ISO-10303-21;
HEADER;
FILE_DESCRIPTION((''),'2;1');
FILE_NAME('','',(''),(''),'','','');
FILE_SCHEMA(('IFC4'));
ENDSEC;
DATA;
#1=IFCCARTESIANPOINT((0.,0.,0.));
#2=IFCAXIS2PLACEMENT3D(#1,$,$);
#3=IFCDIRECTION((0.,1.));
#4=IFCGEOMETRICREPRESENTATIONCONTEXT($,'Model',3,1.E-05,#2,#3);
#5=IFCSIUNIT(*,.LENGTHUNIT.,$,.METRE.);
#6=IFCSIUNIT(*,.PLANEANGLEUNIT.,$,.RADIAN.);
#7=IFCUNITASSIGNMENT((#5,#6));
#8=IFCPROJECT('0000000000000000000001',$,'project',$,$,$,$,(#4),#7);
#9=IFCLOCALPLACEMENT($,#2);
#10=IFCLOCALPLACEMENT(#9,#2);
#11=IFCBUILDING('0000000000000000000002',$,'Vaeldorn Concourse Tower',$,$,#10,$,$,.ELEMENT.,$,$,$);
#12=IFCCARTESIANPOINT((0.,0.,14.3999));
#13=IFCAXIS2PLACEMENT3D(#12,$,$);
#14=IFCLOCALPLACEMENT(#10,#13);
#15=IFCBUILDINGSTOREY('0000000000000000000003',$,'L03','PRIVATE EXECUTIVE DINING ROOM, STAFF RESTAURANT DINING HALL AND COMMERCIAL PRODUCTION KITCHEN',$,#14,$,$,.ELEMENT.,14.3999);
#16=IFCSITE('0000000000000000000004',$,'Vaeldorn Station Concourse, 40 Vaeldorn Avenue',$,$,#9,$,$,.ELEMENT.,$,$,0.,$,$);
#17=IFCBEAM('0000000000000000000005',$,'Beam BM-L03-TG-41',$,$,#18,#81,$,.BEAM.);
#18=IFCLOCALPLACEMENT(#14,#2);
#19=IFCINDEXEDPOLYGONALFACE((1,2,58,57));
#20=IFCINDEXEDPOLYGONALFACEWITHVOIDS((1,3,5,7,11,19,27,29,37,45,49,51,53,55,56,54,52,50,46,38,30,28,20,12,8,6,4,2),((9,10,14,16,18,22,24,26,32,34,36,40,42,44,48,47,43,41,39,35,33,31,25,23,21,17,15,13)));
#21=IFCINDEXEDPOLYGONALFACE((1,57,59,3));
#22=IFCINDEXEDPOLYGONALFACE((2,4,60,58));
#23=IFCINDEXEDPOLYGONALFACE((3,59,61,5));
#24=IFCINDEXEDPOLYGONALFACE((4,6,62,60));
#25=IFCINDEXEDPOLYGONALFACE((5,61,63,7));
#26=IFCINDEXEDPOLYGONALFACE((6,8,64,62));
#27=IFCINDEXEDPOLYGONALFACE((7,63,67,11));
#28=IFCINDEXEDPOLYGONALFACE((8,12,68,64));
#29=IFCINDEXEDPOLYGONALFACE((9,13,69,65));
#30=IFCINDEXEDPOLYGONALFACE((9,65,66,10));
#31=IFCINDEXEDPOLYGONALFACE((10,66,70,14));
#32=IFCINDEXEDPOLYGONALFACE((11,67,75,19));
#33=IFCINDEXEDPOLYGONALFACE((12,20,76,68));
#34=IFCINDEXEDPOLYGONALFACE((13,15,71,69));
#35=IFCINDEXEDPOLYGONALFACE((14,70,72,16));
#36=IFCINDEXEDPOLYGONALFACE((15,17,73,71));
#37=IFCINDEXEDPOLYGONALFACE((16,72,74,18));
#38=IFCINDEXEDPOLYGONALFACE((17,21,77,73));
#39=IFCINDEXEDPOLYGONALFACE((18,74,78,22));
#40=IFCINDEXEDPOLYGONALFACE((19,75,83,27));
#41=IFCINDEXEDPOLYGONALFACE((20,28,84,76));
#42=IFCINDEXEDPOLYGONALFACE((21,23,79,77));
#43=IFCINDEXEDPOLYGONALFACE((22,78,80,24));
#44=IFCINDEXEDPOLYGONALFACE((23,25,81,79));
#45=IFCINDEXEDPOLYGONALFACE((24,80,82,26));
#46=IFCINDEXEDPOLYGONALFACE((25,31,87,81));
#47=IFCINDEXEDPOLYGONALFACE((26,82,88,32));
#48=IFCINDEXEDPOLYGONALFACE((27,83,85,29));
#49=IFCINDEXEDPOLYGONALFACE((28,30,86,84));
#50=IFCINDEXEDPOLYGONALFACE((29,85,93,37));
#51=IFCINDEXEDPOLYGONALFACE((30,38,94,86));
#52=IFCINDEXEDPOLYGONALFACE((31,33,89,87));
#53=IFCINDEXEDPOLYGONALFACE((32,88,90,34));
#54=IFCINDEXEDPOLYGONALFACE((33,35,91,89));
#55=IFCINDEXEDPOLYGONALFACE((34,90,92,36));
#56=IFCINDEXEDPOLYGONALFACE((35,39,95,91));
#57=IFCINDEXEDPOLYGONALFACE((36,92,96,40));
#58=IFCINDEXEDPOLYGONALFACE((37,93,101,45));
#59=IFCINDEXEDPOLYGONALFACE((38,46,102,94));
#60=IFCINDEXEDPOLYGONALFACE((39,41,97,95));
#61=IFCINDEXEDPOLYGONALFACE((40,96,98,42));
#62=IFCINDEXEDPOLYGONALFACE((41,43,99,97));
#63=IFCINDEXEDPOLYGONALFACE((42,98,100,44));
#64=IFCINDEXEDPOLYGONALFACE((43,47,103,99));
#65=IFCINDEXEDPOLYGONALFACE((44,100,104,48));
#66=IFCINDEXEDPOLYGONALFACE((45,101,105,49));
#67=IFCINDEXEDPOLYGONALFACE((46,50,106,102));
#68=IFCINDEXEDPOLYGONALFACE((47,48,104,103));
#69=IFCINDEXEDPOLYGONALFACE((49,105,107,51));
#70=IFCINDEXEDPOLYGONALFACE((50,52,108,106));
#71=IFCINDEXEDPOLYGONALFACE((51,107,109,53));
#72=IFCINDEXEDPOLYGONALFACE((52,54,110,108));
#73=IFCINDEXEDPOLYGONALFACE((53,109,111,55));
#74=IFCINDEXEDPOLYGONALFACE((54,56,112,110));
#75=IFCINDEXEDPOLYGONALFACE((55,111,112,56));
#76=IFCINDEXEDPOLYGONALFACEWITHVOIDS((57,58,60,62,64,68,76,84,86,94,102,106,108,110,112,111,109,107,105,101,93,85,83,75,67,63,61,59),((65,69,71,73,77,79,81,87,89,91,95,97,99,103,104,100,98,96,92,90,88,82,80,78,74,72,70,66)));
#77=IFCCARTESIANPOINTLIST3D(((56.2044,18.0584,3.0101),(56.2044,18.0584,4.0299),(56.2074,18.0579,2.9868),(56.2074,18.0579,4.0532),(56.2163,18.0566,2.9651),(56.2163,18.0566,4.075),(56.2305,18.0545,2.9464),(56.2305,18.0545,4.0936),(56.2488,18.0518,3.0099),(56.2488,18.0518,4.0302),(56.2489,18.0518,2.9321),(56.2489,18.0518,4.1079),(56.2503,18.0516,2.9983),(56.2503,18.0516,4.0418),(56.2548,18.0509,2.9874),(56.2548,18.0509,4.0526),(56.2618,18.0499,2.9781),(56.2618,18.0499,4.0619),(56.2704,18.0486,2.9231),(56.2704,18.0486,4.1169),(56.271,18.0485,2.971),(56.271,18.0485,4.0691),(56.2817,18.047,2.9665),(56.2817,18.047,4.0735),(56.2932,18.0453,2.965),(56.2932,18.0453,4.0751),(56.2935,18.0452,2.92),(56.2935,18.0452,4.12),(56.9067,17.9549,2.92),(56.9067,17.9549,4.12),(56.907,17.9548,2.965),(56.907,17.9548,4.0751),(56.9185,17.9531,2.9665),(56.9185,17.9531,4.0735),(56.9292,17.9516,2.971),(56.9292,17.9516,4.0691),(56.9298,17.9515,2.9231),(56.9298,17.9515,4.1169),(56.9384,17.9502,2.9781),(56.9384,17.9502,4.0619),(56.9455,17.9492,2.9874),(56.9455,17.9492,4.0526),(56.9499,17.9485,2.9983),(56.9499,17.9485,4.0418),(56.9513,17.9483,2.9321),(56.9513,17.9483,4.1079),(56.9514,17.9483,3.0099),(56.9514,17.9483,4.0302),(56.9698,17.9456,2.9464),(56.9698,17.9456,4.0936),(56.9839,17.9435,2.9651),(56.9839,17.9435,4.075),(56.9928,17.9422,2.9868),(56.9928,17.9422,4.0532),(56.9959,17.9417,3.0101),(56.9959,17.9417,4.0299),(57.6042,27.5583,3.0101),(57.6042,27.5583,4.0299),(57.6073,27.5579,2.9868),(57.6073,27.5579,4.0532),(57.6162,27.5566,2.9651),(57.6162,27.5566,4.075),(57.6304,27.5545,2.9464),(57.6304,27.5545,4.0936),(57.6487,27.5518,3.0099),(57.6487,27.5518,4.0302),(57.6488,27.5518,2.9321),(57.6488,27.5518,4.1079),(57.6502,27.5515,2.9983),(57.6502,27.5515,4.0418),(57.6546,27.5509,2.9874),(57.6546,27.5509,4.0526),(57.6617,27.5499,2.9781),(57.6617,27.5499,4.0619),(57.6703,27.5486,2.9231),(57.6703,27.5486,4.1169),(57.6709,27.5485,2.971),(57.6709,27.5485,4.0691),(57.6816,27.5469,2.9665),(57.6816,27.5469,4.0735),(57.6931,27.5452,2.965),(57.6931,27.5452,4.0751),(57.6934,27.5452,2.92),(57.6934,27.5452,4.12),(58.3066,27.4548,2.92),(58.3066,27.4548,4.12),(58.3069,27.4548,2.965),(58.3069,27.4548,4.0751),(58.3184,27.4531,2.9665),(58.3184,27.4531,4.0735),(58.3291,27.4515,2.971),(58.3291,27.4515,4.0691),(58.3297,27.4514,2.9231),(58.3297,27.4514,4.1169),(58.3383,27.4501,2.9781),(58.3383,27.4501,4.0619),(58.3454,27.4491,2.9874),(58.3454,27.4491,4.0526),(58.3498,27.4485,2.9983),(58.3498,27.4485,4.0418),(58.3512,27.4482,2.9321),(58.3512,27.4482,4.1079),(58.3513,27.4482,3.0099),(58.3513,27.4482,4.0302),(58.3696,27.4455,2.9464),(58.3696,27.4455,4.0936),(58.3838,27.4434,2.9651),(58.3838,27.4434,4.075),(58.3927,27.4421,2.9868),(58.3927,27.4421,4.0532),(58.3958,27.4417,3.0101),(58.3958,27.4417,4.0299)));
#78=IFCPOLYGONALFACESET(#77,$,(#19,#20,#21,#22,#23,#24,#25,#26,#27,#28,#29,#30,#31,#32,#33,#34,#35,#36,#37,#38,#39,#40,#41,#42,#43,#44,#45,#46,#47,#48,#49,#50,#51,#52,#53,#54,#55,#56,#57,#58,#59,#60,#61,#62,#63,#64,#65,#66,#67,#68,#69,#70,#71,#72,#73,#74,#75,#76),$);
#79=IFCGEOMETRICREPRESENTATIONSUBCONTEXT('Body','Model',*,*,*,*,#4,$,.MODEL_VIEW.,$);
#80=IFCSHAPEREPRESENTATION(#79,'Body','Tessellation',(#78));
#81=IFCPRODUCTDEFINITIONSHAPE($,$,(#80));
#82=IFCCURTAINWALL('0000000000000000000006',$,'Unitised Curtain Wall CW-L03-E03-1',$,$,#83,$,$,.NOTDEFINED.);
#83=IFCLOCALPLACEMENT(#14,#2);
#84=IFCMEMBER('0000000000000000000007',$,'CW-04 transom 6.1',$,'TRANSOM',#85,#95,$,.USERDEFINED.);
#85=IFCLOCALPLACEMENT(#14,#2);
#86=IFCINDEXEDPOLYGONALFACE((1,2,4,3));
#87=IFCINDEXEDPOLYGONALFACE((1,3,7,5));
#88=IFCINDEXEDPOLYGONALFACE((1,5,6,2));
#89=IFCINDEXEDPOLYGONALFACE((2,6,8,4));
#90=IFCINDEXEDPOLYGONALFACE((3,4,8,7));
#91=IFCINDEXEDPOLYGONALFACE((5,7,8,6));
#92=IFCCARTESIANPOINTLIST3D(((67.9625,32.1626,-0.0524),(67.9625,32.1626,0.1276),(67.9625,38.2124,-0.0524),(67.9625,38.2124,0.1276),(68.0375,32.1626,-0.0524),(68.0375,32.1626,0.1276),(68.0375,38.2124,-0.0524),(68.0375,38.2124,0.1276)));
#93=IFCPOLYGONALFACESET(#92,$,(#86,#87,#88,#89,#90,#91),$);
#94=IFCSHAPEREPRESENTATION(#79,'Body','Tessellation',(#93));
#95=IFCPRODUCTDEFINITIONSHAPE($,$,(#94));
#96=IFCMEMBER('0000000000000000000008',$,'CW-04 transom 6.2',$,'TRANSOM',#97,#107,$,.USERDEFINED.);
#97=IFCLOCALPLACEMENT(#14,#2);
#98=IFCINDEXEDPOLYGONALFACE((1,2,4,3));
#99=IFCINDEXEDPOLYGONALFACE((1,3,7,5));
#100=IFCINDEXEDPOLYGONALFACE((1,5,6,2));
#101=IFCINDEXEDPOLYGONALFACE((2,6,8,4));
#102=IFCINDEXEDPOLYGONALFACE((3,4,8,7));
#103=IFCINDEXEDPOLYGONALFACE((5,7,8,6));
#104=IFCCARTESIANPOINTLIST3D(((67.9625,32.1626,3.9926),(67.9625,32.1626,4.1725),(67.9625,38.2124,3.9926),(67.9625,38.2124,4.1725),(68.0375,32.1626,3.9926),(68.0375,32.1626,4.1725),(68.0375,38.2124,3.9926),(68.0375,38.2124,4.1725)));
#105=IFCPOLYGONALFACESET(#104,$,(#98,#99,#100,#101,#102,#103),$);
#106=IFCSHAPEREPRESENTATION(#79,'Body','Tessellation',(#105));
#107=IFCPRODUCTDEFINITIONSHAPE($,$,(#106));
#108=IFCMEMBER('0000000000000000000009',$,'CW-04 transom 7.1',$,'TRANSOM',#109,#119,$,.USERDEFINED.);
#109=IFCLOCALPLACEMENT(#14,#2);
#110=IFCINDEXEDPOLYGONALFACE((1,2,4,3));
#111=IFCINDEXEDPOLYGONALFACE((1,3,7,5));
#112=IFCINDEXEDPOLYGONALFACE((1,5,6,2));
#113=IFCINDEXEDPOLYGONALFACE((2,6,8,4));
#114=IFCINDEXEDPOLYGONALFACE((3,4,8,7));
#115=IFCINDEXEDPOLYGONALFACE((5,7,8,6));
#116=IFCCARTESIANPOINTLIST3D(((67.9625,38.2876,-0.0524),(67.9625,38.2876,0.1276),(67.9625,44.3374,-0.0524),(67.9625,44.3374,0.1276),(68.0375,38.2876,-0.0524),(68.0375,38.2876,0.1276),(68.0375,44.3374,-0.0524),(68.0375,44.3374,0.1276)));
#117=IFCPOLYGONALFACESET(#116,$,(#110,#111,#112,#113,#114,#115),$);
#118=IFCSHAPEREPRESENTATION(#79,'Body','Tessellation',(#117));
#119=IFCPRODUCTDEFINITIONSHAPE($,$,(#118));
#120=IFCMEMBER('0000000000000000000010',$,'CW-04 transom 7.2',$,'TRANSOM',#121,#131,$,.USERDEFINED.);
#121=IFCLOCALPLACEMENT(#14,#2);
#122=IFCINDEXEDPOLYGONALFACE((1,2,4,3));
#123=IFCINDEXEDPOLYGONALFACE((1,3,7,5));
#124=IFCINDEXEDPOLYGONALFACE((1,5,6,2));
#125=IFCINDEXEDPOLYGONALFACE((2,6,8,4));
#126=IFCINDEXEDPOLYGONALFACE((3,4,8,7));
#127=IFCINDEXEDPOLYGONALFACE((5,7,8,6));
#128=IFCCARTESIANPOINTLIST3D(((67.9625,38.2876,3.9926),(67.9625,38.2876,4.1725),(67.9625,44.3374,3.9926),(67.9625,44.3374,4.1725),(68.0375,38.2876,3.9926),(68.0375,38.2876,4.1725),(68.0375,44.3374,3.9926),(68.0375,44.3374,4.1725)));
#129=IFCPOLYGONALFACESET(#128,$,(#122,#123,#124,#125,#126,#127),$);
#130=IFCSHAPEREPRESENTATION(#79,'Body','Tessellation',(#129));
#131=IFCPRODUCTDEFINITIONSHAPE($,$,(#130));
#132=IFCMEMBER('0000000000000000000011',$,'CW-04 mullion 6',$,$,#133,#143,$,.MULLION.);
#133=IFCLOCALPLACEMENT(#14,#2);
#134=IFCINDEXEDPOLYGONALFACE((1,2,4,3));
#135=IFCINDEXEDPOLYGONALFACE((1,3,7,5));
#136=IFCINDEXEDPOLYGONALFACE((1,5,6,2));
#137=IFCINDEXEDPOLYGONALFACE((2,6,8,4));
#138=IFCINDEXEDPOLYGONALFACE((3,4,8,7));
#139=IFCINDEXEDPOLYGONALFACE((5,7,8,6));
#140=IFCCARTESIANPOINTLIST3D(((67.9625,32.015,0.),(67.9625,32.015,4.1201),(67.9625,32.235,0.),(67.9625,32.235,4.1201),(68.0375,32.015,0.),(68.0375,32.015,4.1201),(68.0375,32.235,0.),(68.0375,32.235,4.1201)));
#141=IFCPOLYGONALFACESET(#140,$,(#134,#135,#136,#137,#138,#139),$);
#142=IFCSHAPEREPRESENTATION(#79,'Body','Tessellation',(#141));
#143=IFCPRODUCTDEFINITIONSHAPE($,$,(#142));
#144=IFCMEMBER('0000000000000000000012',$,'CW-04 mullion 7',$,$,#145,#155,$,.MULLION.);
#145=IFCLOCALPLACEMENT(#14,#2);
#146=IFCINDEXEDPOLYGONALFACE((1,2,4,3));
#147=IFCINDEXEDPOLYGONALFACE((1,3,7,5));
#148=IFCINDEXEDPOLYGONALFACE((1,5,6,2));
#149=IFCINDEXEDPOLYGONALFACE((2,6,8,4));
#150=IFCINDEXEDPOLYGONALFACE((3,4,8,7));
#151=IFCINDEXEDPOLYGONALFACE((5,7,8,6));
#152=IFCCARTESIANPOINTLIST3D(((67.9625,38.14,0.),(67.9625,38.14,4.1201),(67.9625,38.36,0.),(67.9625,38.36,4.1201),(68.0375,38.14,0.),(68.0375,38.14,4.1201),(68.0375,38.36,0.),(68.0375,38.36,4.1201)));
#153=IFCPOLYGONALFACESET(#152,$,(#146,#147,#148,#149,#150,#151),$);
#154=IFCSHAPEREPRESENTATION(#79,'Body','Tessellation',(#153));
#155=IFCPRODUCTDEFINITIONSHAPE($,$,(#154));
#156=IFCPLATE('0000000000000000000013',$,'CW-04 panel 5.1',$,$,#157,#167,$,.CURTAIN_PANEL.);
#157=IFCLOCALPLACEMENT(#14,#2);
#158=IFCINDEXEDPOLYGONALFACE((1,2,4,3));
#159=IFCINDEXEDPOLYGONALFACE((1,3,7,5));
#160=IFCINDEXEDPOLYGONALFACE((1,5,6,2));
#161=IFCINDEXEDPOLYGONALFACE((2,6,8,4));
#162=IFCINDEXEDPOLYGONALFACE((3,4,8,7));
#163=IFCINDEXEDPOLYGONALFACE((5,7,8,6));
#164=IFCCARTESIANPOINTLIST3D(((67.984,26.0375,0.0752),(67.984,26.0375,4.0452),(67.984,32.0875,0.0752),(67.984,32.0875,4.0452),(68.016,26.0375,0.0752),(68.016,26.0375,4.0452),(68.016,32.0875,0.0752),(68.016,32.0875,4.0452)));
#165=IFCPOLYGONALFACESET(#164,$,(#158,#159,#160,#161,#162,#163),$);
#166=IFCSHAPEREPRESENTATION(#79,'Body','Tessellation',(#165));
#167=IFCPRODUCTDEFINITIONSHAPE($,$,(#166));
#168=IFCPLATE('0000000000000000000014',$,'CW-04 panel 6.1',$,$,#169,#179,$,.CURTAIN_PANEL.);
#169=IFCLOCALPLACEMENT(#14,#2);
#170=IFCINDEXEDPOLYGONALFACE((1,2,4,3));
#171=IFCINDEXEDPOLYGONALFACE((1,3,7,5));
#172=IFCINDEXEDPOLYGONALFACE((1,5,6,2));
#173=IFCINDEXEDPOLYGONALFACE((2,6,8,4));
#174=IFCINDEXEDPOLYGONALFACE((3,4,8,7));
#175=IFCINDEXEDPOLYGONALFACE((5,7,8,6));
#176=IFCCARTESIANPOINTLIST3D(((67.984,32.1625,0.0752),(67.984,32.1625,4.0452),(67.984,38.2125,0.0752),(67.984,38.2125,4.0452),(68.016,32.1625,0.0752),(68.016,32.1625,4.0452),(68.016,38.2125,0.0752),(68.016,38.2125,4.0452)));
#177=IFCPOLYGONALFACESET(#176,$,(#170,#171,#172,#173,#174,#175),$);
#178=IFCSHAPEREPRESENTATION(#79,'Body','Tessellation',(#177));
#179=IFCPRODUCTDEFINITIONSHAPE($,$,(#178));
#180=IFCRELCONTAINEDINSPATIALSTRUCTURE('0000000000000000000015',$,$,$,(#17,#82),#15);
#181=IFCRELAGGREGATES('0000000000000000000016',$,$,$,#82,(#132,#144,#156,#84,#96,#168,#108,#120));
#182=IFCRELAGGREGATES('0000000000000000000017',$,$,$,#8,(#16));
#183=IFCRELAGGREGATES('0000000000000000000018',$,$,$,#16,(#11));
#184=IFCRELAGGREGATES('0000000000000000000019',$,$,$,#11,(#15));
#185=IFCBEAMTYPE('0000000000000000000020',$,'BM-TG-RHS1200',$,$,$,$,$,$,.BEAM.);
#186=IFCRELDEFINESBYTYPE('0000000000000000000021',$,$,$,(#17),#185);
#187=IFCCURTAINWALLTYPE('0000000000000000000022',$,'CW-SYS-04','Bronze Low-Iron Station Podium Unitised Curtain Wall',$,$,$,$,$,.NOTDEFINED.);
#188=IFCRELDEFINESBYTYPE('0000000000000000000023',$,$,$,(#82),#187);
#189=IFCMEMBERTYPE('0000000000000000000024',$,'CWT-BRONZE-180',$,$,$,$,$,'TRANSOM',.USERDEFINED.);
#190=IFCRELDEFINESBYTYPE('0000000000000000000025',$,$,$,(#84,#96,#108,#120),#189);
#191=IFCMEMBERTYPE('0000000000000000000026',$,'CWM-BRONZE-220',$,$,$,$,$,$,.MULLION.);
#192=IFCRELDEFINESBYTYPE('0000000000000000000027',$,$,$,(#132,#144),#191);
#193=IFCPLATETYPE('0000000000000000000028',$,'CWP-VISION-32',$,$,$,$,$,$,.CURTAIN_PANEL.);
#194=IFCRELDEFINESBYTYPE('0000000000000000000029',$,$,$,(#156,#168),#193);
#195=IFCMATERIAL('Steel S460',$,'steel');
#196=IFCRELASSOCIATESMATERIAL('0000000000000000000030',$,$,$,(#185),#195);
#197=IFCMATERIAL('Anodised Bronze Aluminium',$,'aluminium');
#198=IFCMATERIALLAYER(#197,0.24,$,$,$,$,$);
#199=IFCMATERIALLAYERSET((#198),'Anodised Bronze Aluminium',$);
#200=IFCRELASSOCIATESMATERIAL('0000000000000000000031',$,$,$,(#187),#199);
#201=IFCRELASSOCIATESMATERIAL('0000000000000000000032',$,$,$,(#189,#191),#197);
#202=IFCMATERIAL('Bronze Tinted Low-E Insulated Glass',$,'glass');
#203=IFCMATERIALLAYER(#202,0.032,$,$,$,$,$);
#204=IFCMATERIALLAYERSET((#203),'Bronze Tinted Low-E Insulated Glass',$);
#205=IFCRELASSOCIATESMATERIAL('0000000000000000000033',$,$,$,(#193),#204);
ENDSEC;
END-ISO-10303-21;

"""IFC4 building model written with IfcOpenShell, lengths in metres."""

from ifc_helpers import new_model, si_unit, direction, frame, origin, origin_2d, place, context, subcontext, project, spatial, rectangle, hollow_rectangle, extrude, source, transform, mapped, material, layer, layer_set, material_profile, profile_set, type_object, element, aggregate, save


model = new_model("IFC4")

# Units and contexts
model_context = context("Model", 3, precision=1e-05, world=origin(), true_north=direction((0.0, 1.0)))
body_context = subcontext(model_context, "Body", "Model", "MODEL_VIEW")
ifc_project = project(units=[si_unit("LENGTHUNIT", "METRE"), si_unit("PLANEANGLEUNIT", "RADIAN")], contexts=[model_context])

# Site, building, storey
site_placement = place(None, origin())
site = spatial("IfcSite", under=ifc_project, at=site_placement, Name="Vaeldorn Station Concourse, 40 Vaeldorn Avenue", CompositionType="ELEMENT", RefElevation=0.0)
building_placement = place(site_placement, origin())
building = spatial("IfcBuilding", under=site, at=building_placement, Name="Vaeldorn Concourse Tower", CompositionType="ELEMENT")
storey_placement = place(building_placement, frame((0.0, 0.0, 14.3999)))
storey = spatial("IfcBuildingStorey", under=building, at=storey_placement, Name="L03", Description="PRIVATE EXECUTIVE DINING ROOM, STAFF RESTAURANT DINING HALL AND COMMERCIAL PRODUCTION KITCHEN", CompositionType="ELEMENT", Elevation=14.3999)

# Shared definitions
ifc_material_1 = material(Name="Steel S460", Category="steel")

# Beam
ifc_material_profile_1 = material_profile(ifc_material_1, hollow_rectangle(XDim=0.8, YDim=1.2, WallThickness=0.0449, InnerFilletRadius=0.0449, OuterFilletRadius=0.0901, at=origin_2d()), Name="RHS 1200x800x45")
ifc_profile_set_1 = profile_set([ifc_material_profile_1], Name="Steel S460")
beam_type_1 = type_object("IfcBeamType", Name="BM-TG-RHS1200", PredefinedType="BEAM", material=ifc_profile_set_1)
shared_shape_1 = source(origin(), body_context, "Body", "SweptSolid", [
    extrude(hollow_rectangle(XDim=0.8, YDim=1.2, WallThickness=0.0449, InnerFilletRadius=0.0449, OuterFilletRadius=0.0901, at=origin_2d()), origin(), (0.0, 0.0, 1.0), 9.6025),
])
beam_1_placement = place(storey_placement, frame((58.0, 27.5, 3.52), z_axis=(-0.145784, -0.989316, 0.0), x_axis=(0.989316, -0.145784, 0.0)))
element("IfcBeam", 1, at=beam_1_placement, inside=storey, type_object=beam_type_1, Name="Beam BM-L03-TG-41", PredefinedType="BEAM", context=body_context, shape_type="MappedRepresentation", body=[
    mapped(shared_shape_1, transform((0.0, 0.0, 0.0), scale=1.0)),
])

# Curtain wall, members, plates
ifc_material_2 = material(Name="Anodised Bronze Aluminium", Category="aluminium")
ifc_layer_1 = layer(ifc_material_2, 0.24)
ifc_layer_set_1 = layer_set([ifc_layer_1], Name="Anodised Bronze Aluminium")
curtain_wall_type = type_object("IfcCurtainWallType", Name="CW-SYS-04", Description="Bronze Low-Iron Station Podium Unitised Curtain Wall", PredefinedType="NOTDEFINED", material=ifc_layer_set_1)
curtain_wall_placement = place(storey_placement, origin())
curtain_wall = element("IfcCurtainWall", 2, at=curtain_wall_placement, inside=storey, type_object=curtain_wall_type, Name="Unitised Curtain Wall CW-L03-E03-1", PredefinedType="NOTDEFINED")
ifc_material_profile_2 = material_profile(ifc_material_2, rectangle(XDim=0.075, YDim=0.1799, at=origin_2d()), Name="CWT 75x180")
ifc_profile_set_2 = profile_set([ifc_material_profile_2], Name="Anodised Bronze Aluminium")
member_type_1 = type_object("IfcMemberType", Name="CWT-BRONZE-180", ElementType="TRANSOM", PredefinedType="USERDEFINED", material=ifc_profile_set_2)
shared_shape_2 = source(origin(), body_context, "Body", "SweptSolid", [
    extrude(rectangle(XDim=0.075, YDim=0.1799, at=origin_2d()), origin(), (0.0, 0.0, 1.0), 6.0498),
])
member_1_placement = place(storey_placement, frame((68.0, 32.1626, 0.0376), z_axis=(0.0, 1.0, 0.0), x_axis=(-1.0, 0.0, 0.0)))
member_1 = element("IfcMember", 3, at=member_1_placement, type_object=member_type_1, Name="CW-04 transom 6.1", ObjectType="TRANSOM", PredefinedType="USERDEFINED", context=body_context, shape_type="MappedRepresentation", body=[
    mapped(shared_shape_2, transform((0.0, 0.0, 0.0), scale=1.0)),
])
member_2_placement = place(storey_placement, frame((68.0, 32.1626, 4.0825), z_axis=(0.0, 1.0, 0.0), x_axis=(-1.0, 0.0, 0.0)))
member_2 = element("IfcMember", 4, at=member_2_placement, type_object=member_type_1, Name="CW-04 transom 6.2", ObjectType="TRANSOM", PredefinedType="USERDEFINED", context=body_context, shape_type="MappedRepresentation", body=[
    mapped(shared_shape_2, transform((0.0, 0.0, 0.0), scale=1.0)),
])
member_3_placement = place(storey_placement, frame((68.0, 38.2876, 0.0376), z_axis=(0.0, 1.0, 0.0), x_axis=(-1.0, 0.0, 0.0)))
member_3 = element("IfcMember", 5, at=member_3_placement, type_object=member_type_1, Name="CW-04 transom 7.1", ObjectType="TRANSOM", PredefinedType="USERDEFINED", context=body_context, shape_type="MappedRepresentation", body=[
    mapped(shared_shape_2, transform((0.0, 0.0, 0.0), scale=1.0)),
])
member_4_placement = place(storey_placement, frame((68.0, 38.2876, 4.0825), z_axis=(0.0, 1.0, 0.0), x_axis=(-1.0, 0.0, 0.0)))
member_4 = element("IfcMember", 6, at=member_4_placement, type_object=member_type_1, Name="CW-04 transom 7.2", ObjectType="TRANSOM", PredefinedType="USERDEFINED", context=body_context, shape_type="MappedRepresentation", body=[
    mapped(shared_shape_2, transform((0.0, 0.0, 0.0), scale=1.0)),
])
ifc_material_profile_3 = material_profile(ifc_material_2, rectangle(XDim=0.075, YDim=0.22, at=origin_2d()), Name="CWM 75x220")
ifc_profile_set_3 = profile_set([ifc_material_profile_3], Name="Anodised Bronze Aluminium")
member_type_2 = type_object("IfcMemberType", Name="CWM-BRONZE-220", PredefinedType="MULLION", material=ifc_profile_set_3)
shared_shape_3 = source(origin(), body_context, "Body", "SweptSolid", [
    extrude(rectangle(XDim=0.075, YDim=0.22, at=origin_2d()), origin(), (0.0, 0.0, 1.0), 4.1201),
])
member_5_placement = place(storey_placement, frame((68.0, 32.125, 0.0), z_axis=(0.0, 0.0, 1.0), x_axis=(-1.0, 0.0, 0.0)))
member_5 = element("IfcMember", 7, at=member_5_placement, type_object=member_type_2, Name="CW-04 mullion 6", PredefinedType="MULLION", context=body_context, shape_type="MappedRepresentation", body=[
    mapped(shared_shape_3, transform((0.0, 0.0, 0.0), scale=1.0)),
])
member_6_placement = place(storey_placement, frame((68.0, 38.25, 0.0), z_axis=(0.0, 0.0, 1.0), x_axis=(-1.0, 0.0, 0.0)))
member_6 = element("IfcMember", 8, at=member_6_placement, type_object=member_type_2, Name="CW-04 mullion 7", PredefinedType="MULLION", context=body_context, shape_type="MappedRepresentation", body=[
    mapped(shared_shape_3, transform((0.0, 0.0, 0.0), scale=1.0)),
])
ifc_material_3 = material(Name="Bronze Tinted Low-E Insulated Glass", Category="glass")
ifc_layer_2 = layer(ifc_material_3, 0.032)
ifc_layer_set_2 = layer_set([ifc_layer_2], Name="Bronze Tinted Low-E Insulated Glass")
plate_type = type_object("IfcPlateType", Name="CWP-VISION-32", PredefinedType="CURTAIN_PANEL", material=ifc_layer_set_2)
shared_shape_4 = source(origin(), body_context, "Body", "SweptSolid", [
    extrude(rectangle(XDim=6.05, YDim=0.032, at=origin_2d()), origin(), (0.0, 0.0, 1.0), 3.97),
])
plate_1_placement = place(storey_placement, frame((68.0, 29.0625, 0.0752), z_axis=(0.0, 0.0, 1.0), x_axis=(0.0, 1.0, 0.0)))
plate_1 = element("IfcPlate", 9, at=plate_1_placement, type_object=plate_type, Name="CW-04 panel 5.1", PredefinedType="CURTAIN_PANEL", context=body_context, shape_type="MappedRepresentation", body=[
    mapped(shared_shape_4, transform((0.0, 0.0, 0.0), scale=1.0)),
])
plate_2_placement = place(storey_placement, frame((68.0, 35.1875, 0.0752), z_axis=(0.0, 0.0, 1.0), x_axis=(0.0, 1.0, 0.0)))
plate_2 = element("IfcPlate", 10, at=plate_2_placement, type_object=plate_type, Name="CW-04 panel 6.1", PredefinedType="CURTAIN_PANEL", context=body_context, shape_type="MappedRepresentation", body=[
    mapped(shared_shape_4, transform((0.0, 0.0, 0.0), scale=1.0)),
])
aggregate(curtain_wall, [member_5, member_6, plate_1, member_1, member_2, plate_2, member_3, member_4])

save(model, "model.ifc")
